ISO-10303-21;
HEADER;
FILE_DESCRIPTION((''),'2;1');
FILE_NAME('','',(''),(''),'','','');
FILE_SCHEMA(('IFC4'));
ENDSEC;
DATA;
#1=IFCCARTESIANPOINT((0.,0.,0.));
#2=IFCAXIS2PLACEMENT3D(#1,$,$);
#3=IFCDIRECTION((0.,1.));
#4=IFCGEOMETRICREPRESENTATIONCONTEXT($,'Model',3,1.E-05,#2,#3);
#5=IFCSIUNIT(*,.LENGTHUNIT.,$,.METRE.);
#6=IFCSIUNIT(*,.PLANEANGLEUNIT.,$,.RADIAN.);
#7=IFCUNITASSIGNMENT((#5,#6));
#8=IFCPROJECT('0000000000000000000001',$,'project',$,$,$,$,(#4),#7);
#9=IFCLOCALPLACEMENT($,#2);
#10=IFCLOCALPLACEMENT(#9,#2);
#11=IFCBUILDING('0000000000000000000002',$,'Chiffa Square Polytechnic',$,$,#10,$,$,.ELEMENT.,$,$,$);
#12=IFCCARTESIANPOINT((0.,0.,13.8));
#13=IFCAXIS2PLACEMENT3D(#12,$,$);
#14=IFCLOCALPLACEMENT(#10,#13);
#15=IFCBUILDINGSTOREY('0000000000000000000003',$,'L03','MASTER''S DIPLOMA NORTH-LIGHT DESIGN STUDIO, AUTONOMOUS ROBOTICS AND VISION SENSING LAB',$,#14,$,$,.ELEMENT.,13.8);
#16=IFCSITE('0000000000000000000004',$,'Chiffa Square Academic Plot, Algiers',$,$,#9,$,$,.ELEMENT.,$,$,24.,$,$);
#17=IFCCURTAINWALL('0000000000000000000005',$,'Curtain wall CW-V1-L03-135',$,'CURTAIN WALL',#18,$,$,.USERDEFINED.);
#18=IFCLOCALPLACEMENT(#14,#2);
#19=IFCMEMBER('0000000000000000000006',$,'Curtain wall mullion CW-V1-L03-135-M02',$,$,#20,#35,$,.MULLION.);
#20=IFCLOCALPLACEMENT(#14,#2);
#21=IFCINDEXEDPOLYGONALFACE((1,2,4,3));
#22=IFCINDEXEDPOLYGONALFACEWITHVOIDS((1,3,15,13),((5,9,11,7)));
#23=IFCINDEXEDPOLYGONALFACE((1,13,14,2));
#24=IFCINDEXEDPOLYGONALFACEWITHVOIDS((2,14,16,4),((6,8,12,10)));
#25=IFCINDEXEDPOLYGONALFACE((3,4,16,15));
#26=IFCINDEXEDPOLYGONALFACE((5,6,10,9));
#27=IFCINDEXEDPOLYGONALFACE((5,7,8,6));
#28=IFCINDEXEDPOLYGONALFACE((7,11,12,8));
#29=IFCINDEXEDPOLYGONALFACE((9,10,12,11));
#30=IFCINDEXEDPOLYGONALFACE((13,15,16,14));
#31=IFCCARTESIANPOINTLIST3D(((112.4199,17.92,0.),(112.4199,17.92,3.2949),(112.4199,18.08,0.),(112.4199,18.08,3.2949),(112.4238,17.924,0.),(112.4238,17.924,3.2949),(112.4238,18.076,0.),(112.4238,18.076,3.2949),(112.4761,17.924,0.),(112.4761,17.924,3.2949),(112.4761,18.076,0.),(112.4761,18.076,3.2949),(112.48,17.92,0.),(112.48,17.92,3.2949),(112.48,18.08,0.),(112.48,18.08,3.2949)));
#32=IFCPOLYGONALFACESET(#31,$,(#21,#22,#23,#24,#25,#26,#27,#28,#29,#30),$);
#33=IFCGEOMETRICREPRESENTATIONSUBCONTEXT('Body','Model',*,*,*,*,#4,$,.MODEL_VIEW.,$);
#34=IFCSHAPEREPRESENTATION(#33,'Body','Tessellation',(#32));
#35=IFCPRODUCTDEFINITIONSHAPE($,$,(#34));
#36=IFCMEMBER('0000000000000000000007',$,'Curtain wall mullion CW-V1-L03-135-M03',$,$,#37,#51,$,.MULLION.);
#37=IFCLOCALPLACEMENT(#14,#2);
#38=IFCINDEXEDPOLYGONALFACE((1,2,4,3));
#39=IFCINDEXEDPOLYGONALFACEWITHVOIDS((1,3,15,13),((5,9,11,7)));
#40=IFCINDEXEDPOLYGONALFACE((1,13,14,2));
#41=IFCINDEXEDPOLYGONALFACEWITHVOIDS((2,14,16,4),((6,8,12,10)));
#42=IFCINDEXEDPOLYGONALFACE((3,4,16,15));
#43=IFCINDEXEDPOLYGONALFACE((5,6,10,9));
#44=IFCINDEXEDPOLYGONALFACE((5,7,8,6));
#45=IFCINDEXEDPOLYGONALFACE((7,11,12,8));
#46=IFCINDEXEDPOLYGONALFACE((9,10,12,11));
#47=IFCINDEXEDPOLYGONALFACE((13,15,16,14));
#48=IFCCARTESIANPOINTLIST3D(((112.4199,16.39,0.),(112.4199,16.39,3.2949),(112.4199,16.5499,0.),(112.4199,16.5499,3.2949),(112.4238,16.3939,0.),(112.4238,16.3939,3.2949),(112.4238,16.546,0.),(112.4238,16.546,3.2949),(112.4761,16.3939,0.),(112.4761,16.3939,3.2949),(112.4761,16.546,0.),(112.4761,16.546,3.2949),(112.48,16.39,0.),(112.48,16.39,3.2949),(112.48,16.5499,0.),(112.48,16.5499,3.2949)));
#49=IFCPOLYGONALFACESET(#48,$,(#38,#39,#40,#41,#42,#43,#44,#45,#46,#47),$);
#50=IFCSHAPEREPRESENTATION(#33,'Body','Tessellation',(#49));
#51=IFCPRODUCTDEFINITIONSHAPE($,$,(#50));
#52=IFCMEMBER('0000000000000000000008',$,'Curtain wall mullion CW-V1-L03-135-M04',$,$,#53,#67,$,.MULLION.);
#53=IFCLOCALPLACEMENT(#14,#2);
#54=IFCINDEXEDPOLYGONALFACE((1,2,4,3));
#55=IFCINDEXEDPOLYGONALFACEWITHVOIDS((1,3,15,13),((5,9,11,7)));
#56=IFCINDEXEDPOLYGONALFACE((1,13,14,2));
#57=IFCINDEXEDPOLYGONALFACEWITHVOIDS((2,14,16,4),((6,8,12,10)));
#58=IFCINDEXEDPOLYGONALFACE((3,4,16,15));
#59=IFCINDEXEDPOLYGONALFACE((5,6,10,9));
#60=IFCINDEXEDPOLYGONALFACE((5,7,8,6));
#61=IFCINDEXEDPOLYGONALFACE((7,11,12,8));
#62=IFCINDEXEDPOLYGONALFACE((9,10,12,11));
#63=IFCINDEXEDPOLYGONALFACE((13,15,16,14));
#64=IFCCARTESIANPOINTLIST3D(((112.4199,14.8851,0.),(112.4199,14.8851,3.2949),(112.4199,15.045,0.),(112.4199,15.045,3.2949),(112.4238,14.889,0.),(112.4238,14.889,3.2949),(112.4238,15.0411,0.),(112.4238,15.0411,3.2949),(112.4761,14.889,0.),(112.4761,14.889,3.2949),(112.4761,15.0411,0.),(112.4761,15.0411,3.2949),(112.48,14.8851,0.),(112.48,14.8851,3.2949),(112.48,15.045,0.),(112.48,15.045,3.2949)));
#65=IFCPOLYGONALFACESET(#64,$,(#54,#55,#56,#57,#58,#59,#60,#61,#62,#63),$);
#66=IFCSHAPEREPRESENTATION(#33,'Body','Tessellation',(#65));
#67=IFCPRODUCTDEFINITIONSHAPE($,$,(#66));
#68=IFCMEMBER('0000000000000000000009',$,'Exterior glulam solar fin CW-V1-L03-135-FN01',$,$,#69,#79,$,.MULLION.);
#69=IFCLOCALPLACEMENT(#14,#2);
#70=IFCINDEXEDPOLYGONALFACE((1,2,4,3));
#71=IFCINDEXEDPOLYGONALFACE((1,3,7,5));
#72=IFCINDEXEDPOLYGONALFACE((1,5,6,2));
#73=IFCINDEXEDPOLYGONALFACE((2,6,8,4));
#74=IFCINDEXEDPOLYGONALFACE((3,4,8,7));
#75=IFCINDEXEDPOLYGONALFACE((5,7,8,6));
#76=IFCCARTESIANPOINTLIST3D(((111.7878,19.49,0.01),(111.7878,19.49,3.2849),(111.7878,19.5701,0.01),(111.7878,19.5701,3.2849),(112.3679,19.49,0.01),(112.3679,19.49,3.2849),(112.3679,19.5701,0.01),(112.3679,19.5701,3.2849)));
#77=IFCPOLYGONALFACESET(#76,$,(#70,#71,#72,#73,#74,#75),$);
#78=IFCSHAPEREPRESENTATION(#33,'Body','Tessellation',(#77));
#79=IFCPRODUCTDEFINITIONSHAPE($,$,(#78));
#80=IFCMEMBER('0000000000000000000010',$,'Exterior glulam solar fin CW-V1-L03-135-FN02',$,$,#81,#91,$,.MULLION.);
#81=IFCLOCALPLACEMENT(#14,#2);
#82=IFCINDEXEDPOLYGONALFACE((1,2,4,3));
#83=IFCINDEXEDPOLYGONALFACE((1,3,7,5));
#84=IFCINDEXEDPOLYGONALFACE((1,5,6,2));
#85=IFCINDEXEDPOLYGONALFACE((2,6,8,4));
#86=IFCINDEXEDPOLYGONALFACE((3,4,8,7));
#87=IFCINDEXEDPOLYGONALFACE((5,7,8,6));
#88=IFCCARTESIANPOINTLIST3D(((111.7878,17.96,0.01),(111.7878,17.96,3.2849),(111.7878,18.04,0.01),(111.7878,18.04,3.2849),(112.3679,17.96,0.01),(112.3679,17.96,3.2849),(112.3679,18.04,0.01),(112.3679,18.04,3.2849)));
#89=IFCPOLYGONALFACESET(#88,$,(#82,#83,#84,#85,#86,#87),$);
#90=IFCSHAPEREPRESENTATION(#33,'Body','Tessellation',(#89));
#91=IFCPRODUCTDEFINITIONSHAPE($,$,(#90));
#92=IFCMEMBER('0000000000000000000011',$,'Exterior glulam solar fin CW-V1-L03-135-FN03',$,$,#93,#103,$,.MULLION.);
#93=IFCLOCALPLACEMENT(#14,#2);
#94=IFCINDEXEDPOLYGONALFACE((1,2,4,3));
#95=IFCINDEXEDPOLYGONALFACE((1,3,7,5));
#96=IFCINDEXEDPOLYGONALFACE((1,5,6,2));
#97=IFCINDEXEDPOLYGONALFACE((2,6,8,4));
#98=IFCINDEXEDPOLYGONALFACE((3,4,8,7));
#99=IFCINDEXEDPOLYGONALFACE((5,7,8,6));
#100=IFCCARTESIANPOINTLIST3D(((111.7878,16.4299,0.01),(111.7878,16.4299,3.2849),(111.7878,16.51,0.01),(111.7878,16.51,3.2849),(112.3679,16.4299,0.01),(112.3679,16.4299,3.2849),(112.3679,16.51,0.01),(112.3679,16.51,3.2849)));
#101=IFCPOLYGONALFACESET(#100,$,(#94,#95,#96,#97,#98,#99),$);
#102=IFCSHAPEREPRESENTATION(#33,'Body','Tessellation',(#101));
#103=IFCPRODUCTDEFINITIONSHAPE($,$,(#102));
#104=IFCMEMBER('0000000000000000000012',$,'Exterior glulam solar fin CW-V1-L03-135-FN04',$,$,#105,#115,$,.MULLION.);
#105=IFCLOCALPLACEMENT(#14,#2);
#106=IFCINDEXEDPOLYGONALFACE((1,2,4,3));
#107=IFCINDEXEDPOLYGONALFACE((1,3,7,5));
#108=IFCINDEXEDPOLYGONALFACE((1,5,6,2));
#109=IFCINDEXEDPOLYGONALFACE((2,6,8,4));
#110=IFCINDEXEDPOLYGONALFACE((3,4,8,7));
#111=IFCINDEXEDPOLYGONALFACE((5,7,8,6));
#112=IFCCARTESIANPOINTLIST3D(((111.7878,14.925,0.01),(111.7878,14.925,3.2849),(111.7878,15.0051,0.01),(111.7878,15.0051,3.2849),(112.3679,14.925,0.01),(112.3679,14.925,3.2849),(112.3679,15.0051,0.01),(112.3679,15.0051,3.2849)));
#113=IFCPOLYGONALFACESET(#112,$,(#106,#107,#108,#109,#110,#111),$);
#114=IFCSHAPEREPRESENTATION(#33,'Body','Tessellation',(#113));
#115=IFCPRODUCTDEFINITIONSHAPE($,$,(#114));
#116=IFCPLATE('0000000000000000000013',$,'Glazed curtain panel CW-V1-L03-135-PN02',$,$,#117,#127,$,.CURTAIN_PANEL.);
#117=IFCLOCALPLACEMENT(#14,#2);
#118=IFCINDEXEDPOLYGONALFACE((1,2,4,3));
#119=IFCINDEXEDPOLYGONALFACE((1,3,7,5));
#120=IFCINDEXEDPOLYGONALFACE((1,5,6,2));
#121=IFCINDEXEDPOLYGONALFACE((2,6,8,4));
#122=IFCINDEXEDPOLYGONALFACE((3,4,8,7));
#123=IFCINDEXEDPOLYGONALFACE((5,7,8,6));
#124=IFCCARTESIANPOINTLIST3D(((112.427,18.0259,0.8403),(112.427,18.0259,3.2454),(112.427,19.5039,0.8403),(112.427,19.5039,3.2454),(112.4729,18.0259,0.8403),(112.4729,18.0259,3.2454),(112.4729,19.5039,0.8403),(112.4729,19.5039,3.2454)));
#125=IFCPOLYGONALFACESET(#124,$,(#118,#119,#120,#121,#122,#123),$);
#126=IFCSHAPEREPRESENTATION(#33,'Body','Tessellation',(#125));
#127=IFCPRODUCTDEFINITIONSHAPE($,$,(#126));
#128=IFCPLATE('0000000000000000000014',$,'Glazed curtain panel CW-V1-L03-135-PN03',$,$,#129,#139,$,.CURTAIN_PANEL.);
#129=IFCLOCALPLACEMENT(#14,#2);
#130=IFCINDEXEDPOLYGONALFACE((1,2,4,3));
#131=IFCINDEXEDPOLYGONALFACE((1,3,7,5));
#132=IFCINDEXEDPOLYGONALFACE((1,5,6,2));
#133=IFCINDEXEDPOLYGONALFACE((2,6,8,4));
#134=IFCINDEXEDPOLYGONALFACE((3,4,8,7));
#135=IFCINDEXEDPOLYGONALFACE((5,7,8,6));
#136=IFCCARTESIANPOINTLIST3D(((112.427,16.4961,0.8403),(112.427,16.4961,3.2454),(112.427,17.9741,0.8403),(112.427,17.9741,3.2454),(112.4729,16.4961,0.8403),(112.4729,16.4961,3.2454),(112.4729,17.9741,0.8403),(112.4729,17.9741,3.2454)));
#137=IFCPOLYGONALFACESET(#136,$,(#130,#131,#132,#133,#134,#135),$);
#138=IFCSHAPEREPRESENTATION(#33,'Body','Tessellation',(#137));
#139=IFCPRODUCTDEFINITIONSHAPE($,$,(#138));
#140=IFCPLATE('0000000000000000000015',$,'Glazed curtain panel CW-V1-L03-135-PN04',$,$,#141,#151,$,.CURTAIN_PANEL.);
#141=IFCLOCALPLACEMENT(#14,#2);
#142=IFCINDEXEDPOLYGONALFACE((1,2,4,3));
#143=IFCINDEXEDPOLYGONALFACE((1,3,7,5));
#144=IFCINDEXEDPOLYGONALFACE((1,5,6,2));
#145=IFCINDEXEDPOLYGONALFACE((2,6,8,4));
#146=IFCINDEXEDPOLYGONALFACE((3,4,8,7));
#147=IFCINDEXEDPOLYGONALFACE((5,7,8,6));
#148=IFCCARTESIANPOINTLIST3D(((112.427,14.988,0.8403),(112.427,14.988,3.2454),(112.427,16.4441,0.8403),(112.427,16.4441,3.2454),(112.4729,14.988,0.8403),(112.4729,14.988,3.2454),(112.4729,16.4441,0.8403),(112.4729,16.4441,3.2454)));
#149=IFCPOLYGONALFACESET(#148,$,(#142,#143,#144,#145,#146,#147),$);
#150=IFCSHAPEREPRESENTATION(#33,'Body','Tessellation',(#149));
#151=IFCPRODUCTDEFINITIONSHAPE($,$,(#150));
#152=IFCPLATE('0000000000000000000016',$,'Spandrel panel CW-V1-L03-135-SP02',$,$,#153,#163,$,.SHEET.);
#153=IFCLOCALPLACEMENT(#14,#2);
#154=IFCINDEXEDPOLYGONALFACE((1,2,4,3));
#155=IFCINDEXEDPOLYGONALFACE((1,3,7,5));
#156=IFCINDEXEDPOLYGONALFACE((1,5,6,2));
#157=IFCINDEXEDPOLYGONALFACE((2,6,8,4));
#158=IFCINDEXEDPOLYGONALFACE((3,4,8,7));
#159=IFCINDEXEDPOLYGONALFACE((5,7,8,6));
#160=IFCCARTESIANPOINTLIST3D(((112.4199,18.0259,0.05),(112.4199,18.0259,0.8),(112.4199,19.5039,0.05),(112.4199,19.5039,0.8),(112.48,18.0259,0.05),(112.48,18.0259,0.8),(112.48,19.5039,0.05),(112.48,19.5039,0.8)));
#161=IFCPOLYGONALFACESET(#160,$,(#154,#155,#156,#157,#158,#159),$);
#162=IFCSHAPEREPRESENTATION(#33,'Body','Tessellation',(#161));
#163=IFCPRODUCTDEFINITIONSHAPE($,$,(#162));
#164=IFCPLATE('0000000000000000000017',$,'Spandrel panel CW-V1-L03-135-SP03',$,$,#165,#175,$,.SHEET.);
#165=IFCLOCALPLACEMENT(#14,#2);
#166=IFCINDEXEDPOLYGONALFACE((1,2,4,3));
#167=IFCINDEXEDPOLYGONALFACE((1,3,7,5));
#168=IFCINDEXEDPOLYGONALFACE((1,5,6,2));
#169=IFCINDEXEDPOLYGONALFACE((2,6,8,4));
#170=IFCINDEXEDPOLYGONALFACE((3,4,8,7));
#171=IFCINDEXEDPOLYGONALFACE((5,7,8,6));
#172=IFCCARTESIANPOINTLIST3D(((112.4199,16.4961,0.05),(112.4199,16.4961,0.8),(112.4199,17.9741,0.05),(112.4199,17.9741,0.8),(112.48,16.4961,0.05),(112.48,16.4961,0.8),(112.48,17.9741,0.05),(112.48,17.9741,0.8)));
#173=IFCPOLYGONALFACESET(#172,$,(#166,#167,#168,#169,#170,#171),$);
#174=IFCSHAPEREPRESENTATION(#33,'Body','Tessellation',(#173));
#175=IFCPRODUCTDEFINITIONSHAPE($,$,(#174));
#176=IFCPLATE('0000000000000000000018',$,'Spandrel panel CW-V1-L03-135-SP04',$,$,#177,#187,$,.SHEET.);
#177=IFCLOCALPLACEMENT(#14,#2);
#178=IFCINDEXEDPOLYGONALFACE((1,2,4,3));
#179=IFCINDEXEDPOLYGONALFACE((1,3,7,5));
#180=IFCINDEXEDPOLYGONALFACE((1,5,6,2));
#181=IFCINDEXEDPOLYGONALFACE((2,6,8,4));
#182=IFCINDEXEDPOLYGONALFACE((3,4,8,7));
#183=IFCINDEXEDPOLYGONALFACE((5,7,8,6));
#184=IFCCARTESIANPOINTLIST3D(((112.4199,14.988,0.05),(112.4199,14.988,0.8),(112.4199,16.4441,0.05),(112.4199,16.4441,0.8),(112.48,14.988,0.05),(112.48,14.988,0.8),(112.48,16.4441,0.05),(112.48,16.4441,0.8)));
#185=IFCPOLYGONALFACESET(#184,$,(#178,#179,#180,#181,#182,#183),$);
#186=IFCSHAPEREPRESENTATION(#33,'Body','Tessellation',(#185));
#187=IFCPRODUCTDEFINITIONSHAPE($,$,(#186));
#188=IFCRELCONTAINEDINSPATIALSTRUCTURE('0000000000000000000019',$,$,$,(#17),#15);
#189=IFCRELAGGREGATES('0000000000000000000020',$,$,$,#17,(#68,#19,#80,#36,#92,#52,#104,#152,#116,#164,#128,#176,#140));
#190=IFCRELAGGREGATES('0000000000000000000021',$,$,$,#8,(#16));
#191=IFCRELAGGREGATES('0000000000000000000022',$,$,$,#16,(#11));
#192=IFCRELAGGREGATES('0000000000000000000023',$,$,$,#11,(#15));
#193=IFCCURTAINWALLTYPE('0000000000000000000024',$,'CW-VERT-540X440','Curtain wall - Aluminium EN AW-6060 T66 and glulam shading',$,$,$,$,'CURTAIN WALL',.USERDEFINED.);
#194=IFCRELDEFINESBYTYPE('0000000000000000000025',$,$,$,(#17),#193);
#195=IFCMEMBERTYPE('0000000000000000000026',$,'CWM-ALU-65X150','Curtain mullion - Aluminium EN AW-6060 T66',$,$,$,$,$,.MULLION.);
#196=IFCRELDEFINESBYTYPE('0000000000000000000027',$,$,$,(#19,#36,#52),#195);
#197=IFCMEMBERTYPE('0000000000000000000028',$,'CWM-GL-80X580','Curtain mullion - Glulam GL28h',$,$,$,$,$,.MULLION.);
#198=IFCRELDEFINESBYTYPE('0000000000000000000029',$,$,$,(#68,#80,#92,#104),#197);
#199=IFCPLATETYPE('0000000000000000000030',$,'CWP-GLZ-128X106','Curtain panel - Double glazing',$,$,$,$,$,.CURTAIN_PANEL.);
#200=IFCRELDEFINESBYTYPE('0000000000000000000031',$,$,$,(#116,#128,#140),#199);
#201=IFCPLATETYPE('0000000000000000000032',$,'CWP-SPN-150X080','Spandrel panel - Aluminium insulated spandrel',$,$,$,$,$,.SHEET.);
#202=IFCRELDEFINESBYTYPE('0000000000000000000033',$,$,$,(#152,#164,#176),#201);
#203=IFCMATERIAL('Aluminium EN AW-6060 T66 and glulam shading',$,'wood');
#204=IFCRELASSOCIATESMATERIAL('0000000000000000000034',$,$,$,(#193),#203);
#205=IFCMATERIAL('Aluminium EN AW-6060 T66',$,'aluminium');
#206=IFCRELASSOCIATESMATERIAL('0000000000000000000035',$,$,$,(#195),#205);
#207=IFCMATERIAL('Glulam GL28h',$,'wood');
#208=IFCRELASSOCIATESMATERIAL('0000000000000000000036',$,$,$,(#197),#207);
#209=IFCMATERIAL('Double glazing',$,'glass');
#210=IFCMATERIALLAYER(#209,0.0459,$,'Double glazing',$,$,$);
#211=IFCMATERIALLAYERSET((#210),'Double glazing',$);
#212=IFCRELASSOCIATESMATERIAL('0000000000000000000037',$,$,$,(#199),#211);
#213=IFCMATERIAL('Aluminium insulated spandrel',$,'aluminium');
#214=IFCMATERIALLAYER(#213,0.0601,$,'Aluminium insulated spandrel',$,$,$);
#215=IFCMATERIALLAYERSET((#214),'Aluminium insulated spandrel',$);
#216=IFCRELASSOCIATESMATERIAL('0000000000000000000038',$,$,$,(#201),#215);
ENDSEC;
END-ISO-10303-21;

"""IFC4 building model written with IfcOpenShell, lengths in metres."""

from ifc_helpers import new_model, si_unit, direction, frame, origin, origin_2d, place, context, subcontext, project, spatial, rectangle, hollow_rectangle, extrude, material, layer, layer_set, material_profile, profile_set, type_object, element, aggregate, save


model = new_model("IFC4")

# Units and contexts
model_context = context("Model", 3, precision=1e-05, world=origin(), true_north=direction((0.0, 1.0)))
body_context = subcontext(model_context, "Body", "Model", "MODEL_VIEW")
ifc_project = project(units=[si_unit("LENGTHUNIT", "METRE"), si_unit("PLANEANGLEUNIT", "RADIAN")], contexts=[model_context])

# Site, building, storey
site_placement = place(None, origin())
site = spatial("IfcSite", under=ifc_project, at=site_placement, Name="Chiffa Square Academic Plot, Algiers", CompositionType="ELEMENT", RefElevation=24.0)
building_placement = place(site_placement, origin())
building = spatial("IfcBuilding", under=site, at=building_placement, Name="Chiffa Square Polytechnic", CompositionType="ELEMENT")
storey_placement = place(building_placement, frame((0.0, 0.0, 13.8)))
storey = spatial("IfcBuildingStorey", under=building, at=storey_placement, Name="L03", Description="MASTER'S DIPLOMA NORTH-LIGHT DESIGN STUDIO, AUTONOMOUS ROBOTICS AND VISION SENSING LAB", CompositionType="ELEMENT", Elevation=13.8)

# Curtain wall, members, plates
ifc_material_1 = material(Name="Aluminium EN AW-6060 T66 and glulam shading", Category="wood")
curtain_wall_type = type_object("IfcCurtainWallType", Name="CW-VERT-540X440", Description="Curtain wall - Aluminium EN AW-6060 T66 and glulam shading", ElementType="CURTAIN WALL", PredefinedType="USERDEFINED", material=ifc_material_1)
curtain_wall_placement = place(storey_placement, origin())
curtain_wall = element("IfcCurtainWall", 1, at=curtain_wall_placement, inside=storey, type_object=curtain_wall_type, Name="Curtain wall CW-V1-L03-135", ObjectType="CURTAIN WALL", PredefinedType="USERDEFINED")
ifc_material_2 = material(Name="Aluminium EN AW-6060 T66", Category="aluminium")
ifc_material_profile_1 = material_profile(ifc_material_2, hollow_rectangle(XDim=0.0601, YDim=0.1599, WallThickness=0.0039, at=origin_2d()), Name="ALU 60x160x4")
ifc_profile_set_1 = profile_set([ifc_material_profile_1], Name="Aluminium EN AW-6060 T66")
member_type_1 = type_object("IfcMemberType", Name="CWM-ALU-65X150", Description="Curtain mullion - Aluminium EN AW-6060 T66", PredefinedType="MULLION", material=ifc_profile_set_1)
member_1_placement = place(storey_placement, frame((112.45, 18.0, 0.0), z_axis=(0.0, 0.0, 1.0), x_axis=(1.0, 0.0, 0.0)))
member_1 = element("IfcMember", 2, at=member_1_placement, type_object=member_type_1, Name="Curtain wall mullion CW-V1-L03-135-M02", PredefinedType="MULLION", context=body_context, shape_type="SweptSolid", body=[
    extrude(hollow_rectangle(XDim=0.0601, YDim=0.1599, WallThickness=0.0039, at=origin_2d()), origin(), (0.0, 0.0, 1.0), 3.2949),
])
member_2_placement = place(storey_placement, frame((112.45, 16.47, 0.0), z_axis=(0.0, 0.0, 1.0), x_axis=(1.0, 0.0, 0.0)))
member_2 = element("IfcMember", 3, at=member_2_placement, type_object=member_type_1, Name="Curtain wall mullion CW-V1-L03-135-M03", PredefinedType="MULLION", context=body_context, shape_type="SweptSolid", body=[
    extrude(hollow_rectangle(XDim=0.0601, YDim=0.1599, WallThickness=0.0039, at=origin_2d()), origin(), (0.0, 0.0, 1.0), 3.2949),
])
member_3_placement = place(storey_placement, frame((112.45, 14.9651, 0.0), z_axis=(0.0, 0.0, 1.0), x_axis=(1.0, 0.0, 0.0)))
member_3 = element("IfcMember", 4, at=member_3_placement, type_object=member_type_1, Name="Curtain wall mullion CW-V1-L03-135-M04", PredefinedType="MULLION", context=body_context, shape_type="SweptSolid", body=[
    extrude(hollow_rectangle(XDim=0.0601, YDim=0.1599, WallThickness=0.0039, at=origin_2d()), origin(), (0.0, 0.0, 1.0), 3.2949),
])
ifc_material_3 = material(Name="Glulam GL28h", Category="wood")
ifc_material_profile_2 = material_profile(ifc_material_3, rectangle(XDim=0.0801, YDim=0.5801, at=origin_2d()), Name="GL28h 80x580")
ifc_profile_set_2 = profile_set([ifc_material_profile_2], Name="Glulam GL28h")
member_type_2 = type_object("IfcMemberType", Name="CWM-GL-80X580", Description="Curtain mullion - Glulam GL28h", PredefinedType="MULLION", material=ifc_profile_set_2)
member_4_placement = place(storey_placement, frame((112.0779, 19.53, 0.01), z_axis=(0.0, 0.0, 1.0), x_axis=(0.0, -1.0, 0.0)))
member_4 = element("IfcMember", 5, at=member_4_placement, type_object=member_type_2, Name="Exterior glulam solar fin CW-V1-L03-135-FN01", PredefinedType="MULLION", context=body_context, shape_type="SweptSolid", body=[
    extrude(rectangle(XDim=0.0801, YDim=0.5801, at=origin_2d()), origin(), (0.0, 0.0, 1.0), 3.2749),
])
member_5_placement = place(storey_placement, frame((112.0779, 18.0, 0.01), z_axis=(0.0, 0.0, 1.0), x_axis=(0.0, -1.0, 0.0)))
member_5 = element("IfcMember", 6, at=member_5_placement, type_object=member_type_2, Name="Exterior glulam solar fin CW-V1-L03-135-FN02", PredefinedType="MULLION", context=body_context, shape_type="SweptSolid", body=[
    extrude(rectangle(XDim=0.0801, YDim=0.5801, at=origin_2d()), origin(), (0.0, 0.0, 1.0), 3.2749),
])
member_6_placement = place(storey_placement, frame((112.0779, 16.47, 0.01), z_axis=(0.0, 0.0, 1.0), x_axis=(0.0, -1.0, 0.0)))
member_6 = element("IfcMember", 7, at=member_6_placement, type_object=member_type_2, Name="Exterior glulam solar fin CW-V1-L03-135-FN03", PredefinedType="MULLION", context=body_context, shape_type="SweptSolid", body=[
    extrude(rectangle(XDim=0.0801, YDim=0.5801, at=origin_2d()), origin(), (0.0, 0.0, 1.0), 3.2749),
])
member_7_placement = place(storey_placement, frame((112.0779, 14.9651, 0.01), z_axis=(0.0, 0.0, 1.0), x_axis=(0.0, -1.0, 0.0)))
member_7 = element("IfcMember", 8, at=member_7_placement, type_object=member_type_2, Name="Exterior glulam solar fin CW-V1-L03-135-FN04", PredefinedType="MULLION", context=body_context, shape_type="SweptSolid", body=[
    extrude(rectangle(XDim=0.0801, YDim=0.5801, at=origin_2d()), origin(), (0.0, 0.0, 1.0), 3.2749),
])
ifc_material_4 = material(Name="Double glazing", Category="glass")
ifc_layer_1 = layer(ifc_material_4, 0.0459, Name="Double glazing")
ifc_layer_set_1 = layer_set([ifc_layer_1], Name="Double glazing")
plate_type_1 = type_object("IfcPlateType", Name="CWP-GLZ-128X106", Description="Curtain panel - Double glazing", PredefinedType="CURTAIN_PANEL", material=ifc_layer_set_1)
plate_1_placement = place(storey_placement, frame((112.45, 18.7649, 0.8403), z_axis=(0.0, 0.0, 1.0), x_axis=(0.0, -1.0, 0.0)))
plate_1 = element("IfcPlate", 9, at=plate_1_placement, type_object=plate_type_1, Name="Glazed curtain panel CW-V1-L03-135-PN02", PredefinedType="CURTAIN_PANEL", context=body_context, shape_type="SweptSolid", body=[
    extrude(rectangle(XDim=1.478, YDim=0.0459, at=origin_2d()), origin(), (0.0, 0.0, 1.0), 2.405),
])
plate_2_placement = place(storey_placement, frame((112.45, 17.2351, 0.8403), z_axis=(0.0, 0.0, 1.0), x_axis=(0.0, -1.0, 0.0)))
plate_2 = element("IfcPlate", 10, at=plate_2_placement, type_object=plate_type_1, Name="Glazed curtain panel CW-V1-L03-135-PN03", PredefinedType="CURTAIN_PANEL", context=body_context, shape_type="SweptSolid", body=[
    extrude(rectangle(XDim=1.478, YDim=0.0459, at=origin_2d()), origin(), (0.0, 0.0, 1.0), 2.405),
])
plate_3_placement = place(storey_placement, frame((112.45, 15.7161, 0.8403), z_axis=(0.0, 0.0, 1.0), x_axis=(0.0, -1.0, 0.0)))
plate_3 = element("IfcPlate", 11, at=plate_3_placement, type_object=plate_type_1, Name="Glazed curtain panel CW-V1-L03-135-PN04", PredefinedType="CURTAIN_PANEL", context=body_context, shape_type="SweptSolid", body=[
    extrude(rectangle(XDim=1.4561, YDim=0.0459, at=origin_2d()), origin(), (0.0, 0.0, 1.0), 2.405),
])
ifc_material_5 = material(Name="Aluminium insulated spandrel", Category="aluminium")
ifc_layer_2 = layer(ifc_material_5, 0.0601, Name="Aluminium insulated spandrel")
ifc_layer_set_2 = layer_set([ifc_layer_2], Name="Aluminium insulated spandrel")
plate_type_2 = type_object("IfcPlateType", Name="CWP-SPN-150X080", Description="Spandrel panel - Aluminium insulated spandrel", PredefinedType="SHEET", material=ifc_layer_set_2)
plate_4_placement = place(storey_placement, frame((112.45, 18.7649, 0.05), z_axis=(0.0, 0.0, 1.0), x_axis=(0.0, -1.0, 0.0)))
plate_4 = element("IfcPlate", 12, at=plate_4_placement, type_object=plate_type_2, Name="Spandrel panel CW-V1-L03-135-SP02", PredefinedType="SHEET", context=body_context, shape_type="SweptSolid", body=[
    extrude(rectangle(XDim=1.478, YDim=0.0601, at=origin_2d()), origin(), (0.0, 0.0, 1.0), 0.75),
])
plate_5_placement = place(storey_placement, frame((112.45, 17.2351, 0.05), z_axis=(0.0, 0.0, 1.0), x_axis=(0.0, -1.0, 0.0)))
plate_5 = element("IfcPlate", 13, at=plate_5_placement, type_object=plate_type_2, Name="Spandrel panel CW-V1-L03-135-SP03", PredefinedType="SHEET", context=body_context, shape_type="SweptSolid", body=[
    extrude(rectangle(XDim=1.478, YDim=0.0601, at=origin_2d()), origin(), (0.0, 0.0, 1.0), 0.75),
])
plate_6_placement = place(storey_placement, frame((112.45, 15.7161, 0.05), z_axis=(0.0, 0.0, 1.0), x_axis=(0.0, -1.0, 0.0)))
plate_6 = element("IfcPlate", 14, at=plate_6_placement, type_object=plate_type_2, Name="Spandrel panel CW-V1-L03-135-SP04", PredefinedType="SHEET", context=body_context, shape_type="SweptSolid", body=[
    extrude(rectangle(XDim=1.4561, YDim=0.0601, at=origin_2d()), origin(), (0.0, 0.0, 1.0), 0.75),
])
aggregate(curtain_wall, [member_4, member_1, member_5, member_2, member_6, member_3, member_7, plate_4, plate_1, plate_5, plate_2, plate_6, plate_3])

save(model, "model.ifc")
